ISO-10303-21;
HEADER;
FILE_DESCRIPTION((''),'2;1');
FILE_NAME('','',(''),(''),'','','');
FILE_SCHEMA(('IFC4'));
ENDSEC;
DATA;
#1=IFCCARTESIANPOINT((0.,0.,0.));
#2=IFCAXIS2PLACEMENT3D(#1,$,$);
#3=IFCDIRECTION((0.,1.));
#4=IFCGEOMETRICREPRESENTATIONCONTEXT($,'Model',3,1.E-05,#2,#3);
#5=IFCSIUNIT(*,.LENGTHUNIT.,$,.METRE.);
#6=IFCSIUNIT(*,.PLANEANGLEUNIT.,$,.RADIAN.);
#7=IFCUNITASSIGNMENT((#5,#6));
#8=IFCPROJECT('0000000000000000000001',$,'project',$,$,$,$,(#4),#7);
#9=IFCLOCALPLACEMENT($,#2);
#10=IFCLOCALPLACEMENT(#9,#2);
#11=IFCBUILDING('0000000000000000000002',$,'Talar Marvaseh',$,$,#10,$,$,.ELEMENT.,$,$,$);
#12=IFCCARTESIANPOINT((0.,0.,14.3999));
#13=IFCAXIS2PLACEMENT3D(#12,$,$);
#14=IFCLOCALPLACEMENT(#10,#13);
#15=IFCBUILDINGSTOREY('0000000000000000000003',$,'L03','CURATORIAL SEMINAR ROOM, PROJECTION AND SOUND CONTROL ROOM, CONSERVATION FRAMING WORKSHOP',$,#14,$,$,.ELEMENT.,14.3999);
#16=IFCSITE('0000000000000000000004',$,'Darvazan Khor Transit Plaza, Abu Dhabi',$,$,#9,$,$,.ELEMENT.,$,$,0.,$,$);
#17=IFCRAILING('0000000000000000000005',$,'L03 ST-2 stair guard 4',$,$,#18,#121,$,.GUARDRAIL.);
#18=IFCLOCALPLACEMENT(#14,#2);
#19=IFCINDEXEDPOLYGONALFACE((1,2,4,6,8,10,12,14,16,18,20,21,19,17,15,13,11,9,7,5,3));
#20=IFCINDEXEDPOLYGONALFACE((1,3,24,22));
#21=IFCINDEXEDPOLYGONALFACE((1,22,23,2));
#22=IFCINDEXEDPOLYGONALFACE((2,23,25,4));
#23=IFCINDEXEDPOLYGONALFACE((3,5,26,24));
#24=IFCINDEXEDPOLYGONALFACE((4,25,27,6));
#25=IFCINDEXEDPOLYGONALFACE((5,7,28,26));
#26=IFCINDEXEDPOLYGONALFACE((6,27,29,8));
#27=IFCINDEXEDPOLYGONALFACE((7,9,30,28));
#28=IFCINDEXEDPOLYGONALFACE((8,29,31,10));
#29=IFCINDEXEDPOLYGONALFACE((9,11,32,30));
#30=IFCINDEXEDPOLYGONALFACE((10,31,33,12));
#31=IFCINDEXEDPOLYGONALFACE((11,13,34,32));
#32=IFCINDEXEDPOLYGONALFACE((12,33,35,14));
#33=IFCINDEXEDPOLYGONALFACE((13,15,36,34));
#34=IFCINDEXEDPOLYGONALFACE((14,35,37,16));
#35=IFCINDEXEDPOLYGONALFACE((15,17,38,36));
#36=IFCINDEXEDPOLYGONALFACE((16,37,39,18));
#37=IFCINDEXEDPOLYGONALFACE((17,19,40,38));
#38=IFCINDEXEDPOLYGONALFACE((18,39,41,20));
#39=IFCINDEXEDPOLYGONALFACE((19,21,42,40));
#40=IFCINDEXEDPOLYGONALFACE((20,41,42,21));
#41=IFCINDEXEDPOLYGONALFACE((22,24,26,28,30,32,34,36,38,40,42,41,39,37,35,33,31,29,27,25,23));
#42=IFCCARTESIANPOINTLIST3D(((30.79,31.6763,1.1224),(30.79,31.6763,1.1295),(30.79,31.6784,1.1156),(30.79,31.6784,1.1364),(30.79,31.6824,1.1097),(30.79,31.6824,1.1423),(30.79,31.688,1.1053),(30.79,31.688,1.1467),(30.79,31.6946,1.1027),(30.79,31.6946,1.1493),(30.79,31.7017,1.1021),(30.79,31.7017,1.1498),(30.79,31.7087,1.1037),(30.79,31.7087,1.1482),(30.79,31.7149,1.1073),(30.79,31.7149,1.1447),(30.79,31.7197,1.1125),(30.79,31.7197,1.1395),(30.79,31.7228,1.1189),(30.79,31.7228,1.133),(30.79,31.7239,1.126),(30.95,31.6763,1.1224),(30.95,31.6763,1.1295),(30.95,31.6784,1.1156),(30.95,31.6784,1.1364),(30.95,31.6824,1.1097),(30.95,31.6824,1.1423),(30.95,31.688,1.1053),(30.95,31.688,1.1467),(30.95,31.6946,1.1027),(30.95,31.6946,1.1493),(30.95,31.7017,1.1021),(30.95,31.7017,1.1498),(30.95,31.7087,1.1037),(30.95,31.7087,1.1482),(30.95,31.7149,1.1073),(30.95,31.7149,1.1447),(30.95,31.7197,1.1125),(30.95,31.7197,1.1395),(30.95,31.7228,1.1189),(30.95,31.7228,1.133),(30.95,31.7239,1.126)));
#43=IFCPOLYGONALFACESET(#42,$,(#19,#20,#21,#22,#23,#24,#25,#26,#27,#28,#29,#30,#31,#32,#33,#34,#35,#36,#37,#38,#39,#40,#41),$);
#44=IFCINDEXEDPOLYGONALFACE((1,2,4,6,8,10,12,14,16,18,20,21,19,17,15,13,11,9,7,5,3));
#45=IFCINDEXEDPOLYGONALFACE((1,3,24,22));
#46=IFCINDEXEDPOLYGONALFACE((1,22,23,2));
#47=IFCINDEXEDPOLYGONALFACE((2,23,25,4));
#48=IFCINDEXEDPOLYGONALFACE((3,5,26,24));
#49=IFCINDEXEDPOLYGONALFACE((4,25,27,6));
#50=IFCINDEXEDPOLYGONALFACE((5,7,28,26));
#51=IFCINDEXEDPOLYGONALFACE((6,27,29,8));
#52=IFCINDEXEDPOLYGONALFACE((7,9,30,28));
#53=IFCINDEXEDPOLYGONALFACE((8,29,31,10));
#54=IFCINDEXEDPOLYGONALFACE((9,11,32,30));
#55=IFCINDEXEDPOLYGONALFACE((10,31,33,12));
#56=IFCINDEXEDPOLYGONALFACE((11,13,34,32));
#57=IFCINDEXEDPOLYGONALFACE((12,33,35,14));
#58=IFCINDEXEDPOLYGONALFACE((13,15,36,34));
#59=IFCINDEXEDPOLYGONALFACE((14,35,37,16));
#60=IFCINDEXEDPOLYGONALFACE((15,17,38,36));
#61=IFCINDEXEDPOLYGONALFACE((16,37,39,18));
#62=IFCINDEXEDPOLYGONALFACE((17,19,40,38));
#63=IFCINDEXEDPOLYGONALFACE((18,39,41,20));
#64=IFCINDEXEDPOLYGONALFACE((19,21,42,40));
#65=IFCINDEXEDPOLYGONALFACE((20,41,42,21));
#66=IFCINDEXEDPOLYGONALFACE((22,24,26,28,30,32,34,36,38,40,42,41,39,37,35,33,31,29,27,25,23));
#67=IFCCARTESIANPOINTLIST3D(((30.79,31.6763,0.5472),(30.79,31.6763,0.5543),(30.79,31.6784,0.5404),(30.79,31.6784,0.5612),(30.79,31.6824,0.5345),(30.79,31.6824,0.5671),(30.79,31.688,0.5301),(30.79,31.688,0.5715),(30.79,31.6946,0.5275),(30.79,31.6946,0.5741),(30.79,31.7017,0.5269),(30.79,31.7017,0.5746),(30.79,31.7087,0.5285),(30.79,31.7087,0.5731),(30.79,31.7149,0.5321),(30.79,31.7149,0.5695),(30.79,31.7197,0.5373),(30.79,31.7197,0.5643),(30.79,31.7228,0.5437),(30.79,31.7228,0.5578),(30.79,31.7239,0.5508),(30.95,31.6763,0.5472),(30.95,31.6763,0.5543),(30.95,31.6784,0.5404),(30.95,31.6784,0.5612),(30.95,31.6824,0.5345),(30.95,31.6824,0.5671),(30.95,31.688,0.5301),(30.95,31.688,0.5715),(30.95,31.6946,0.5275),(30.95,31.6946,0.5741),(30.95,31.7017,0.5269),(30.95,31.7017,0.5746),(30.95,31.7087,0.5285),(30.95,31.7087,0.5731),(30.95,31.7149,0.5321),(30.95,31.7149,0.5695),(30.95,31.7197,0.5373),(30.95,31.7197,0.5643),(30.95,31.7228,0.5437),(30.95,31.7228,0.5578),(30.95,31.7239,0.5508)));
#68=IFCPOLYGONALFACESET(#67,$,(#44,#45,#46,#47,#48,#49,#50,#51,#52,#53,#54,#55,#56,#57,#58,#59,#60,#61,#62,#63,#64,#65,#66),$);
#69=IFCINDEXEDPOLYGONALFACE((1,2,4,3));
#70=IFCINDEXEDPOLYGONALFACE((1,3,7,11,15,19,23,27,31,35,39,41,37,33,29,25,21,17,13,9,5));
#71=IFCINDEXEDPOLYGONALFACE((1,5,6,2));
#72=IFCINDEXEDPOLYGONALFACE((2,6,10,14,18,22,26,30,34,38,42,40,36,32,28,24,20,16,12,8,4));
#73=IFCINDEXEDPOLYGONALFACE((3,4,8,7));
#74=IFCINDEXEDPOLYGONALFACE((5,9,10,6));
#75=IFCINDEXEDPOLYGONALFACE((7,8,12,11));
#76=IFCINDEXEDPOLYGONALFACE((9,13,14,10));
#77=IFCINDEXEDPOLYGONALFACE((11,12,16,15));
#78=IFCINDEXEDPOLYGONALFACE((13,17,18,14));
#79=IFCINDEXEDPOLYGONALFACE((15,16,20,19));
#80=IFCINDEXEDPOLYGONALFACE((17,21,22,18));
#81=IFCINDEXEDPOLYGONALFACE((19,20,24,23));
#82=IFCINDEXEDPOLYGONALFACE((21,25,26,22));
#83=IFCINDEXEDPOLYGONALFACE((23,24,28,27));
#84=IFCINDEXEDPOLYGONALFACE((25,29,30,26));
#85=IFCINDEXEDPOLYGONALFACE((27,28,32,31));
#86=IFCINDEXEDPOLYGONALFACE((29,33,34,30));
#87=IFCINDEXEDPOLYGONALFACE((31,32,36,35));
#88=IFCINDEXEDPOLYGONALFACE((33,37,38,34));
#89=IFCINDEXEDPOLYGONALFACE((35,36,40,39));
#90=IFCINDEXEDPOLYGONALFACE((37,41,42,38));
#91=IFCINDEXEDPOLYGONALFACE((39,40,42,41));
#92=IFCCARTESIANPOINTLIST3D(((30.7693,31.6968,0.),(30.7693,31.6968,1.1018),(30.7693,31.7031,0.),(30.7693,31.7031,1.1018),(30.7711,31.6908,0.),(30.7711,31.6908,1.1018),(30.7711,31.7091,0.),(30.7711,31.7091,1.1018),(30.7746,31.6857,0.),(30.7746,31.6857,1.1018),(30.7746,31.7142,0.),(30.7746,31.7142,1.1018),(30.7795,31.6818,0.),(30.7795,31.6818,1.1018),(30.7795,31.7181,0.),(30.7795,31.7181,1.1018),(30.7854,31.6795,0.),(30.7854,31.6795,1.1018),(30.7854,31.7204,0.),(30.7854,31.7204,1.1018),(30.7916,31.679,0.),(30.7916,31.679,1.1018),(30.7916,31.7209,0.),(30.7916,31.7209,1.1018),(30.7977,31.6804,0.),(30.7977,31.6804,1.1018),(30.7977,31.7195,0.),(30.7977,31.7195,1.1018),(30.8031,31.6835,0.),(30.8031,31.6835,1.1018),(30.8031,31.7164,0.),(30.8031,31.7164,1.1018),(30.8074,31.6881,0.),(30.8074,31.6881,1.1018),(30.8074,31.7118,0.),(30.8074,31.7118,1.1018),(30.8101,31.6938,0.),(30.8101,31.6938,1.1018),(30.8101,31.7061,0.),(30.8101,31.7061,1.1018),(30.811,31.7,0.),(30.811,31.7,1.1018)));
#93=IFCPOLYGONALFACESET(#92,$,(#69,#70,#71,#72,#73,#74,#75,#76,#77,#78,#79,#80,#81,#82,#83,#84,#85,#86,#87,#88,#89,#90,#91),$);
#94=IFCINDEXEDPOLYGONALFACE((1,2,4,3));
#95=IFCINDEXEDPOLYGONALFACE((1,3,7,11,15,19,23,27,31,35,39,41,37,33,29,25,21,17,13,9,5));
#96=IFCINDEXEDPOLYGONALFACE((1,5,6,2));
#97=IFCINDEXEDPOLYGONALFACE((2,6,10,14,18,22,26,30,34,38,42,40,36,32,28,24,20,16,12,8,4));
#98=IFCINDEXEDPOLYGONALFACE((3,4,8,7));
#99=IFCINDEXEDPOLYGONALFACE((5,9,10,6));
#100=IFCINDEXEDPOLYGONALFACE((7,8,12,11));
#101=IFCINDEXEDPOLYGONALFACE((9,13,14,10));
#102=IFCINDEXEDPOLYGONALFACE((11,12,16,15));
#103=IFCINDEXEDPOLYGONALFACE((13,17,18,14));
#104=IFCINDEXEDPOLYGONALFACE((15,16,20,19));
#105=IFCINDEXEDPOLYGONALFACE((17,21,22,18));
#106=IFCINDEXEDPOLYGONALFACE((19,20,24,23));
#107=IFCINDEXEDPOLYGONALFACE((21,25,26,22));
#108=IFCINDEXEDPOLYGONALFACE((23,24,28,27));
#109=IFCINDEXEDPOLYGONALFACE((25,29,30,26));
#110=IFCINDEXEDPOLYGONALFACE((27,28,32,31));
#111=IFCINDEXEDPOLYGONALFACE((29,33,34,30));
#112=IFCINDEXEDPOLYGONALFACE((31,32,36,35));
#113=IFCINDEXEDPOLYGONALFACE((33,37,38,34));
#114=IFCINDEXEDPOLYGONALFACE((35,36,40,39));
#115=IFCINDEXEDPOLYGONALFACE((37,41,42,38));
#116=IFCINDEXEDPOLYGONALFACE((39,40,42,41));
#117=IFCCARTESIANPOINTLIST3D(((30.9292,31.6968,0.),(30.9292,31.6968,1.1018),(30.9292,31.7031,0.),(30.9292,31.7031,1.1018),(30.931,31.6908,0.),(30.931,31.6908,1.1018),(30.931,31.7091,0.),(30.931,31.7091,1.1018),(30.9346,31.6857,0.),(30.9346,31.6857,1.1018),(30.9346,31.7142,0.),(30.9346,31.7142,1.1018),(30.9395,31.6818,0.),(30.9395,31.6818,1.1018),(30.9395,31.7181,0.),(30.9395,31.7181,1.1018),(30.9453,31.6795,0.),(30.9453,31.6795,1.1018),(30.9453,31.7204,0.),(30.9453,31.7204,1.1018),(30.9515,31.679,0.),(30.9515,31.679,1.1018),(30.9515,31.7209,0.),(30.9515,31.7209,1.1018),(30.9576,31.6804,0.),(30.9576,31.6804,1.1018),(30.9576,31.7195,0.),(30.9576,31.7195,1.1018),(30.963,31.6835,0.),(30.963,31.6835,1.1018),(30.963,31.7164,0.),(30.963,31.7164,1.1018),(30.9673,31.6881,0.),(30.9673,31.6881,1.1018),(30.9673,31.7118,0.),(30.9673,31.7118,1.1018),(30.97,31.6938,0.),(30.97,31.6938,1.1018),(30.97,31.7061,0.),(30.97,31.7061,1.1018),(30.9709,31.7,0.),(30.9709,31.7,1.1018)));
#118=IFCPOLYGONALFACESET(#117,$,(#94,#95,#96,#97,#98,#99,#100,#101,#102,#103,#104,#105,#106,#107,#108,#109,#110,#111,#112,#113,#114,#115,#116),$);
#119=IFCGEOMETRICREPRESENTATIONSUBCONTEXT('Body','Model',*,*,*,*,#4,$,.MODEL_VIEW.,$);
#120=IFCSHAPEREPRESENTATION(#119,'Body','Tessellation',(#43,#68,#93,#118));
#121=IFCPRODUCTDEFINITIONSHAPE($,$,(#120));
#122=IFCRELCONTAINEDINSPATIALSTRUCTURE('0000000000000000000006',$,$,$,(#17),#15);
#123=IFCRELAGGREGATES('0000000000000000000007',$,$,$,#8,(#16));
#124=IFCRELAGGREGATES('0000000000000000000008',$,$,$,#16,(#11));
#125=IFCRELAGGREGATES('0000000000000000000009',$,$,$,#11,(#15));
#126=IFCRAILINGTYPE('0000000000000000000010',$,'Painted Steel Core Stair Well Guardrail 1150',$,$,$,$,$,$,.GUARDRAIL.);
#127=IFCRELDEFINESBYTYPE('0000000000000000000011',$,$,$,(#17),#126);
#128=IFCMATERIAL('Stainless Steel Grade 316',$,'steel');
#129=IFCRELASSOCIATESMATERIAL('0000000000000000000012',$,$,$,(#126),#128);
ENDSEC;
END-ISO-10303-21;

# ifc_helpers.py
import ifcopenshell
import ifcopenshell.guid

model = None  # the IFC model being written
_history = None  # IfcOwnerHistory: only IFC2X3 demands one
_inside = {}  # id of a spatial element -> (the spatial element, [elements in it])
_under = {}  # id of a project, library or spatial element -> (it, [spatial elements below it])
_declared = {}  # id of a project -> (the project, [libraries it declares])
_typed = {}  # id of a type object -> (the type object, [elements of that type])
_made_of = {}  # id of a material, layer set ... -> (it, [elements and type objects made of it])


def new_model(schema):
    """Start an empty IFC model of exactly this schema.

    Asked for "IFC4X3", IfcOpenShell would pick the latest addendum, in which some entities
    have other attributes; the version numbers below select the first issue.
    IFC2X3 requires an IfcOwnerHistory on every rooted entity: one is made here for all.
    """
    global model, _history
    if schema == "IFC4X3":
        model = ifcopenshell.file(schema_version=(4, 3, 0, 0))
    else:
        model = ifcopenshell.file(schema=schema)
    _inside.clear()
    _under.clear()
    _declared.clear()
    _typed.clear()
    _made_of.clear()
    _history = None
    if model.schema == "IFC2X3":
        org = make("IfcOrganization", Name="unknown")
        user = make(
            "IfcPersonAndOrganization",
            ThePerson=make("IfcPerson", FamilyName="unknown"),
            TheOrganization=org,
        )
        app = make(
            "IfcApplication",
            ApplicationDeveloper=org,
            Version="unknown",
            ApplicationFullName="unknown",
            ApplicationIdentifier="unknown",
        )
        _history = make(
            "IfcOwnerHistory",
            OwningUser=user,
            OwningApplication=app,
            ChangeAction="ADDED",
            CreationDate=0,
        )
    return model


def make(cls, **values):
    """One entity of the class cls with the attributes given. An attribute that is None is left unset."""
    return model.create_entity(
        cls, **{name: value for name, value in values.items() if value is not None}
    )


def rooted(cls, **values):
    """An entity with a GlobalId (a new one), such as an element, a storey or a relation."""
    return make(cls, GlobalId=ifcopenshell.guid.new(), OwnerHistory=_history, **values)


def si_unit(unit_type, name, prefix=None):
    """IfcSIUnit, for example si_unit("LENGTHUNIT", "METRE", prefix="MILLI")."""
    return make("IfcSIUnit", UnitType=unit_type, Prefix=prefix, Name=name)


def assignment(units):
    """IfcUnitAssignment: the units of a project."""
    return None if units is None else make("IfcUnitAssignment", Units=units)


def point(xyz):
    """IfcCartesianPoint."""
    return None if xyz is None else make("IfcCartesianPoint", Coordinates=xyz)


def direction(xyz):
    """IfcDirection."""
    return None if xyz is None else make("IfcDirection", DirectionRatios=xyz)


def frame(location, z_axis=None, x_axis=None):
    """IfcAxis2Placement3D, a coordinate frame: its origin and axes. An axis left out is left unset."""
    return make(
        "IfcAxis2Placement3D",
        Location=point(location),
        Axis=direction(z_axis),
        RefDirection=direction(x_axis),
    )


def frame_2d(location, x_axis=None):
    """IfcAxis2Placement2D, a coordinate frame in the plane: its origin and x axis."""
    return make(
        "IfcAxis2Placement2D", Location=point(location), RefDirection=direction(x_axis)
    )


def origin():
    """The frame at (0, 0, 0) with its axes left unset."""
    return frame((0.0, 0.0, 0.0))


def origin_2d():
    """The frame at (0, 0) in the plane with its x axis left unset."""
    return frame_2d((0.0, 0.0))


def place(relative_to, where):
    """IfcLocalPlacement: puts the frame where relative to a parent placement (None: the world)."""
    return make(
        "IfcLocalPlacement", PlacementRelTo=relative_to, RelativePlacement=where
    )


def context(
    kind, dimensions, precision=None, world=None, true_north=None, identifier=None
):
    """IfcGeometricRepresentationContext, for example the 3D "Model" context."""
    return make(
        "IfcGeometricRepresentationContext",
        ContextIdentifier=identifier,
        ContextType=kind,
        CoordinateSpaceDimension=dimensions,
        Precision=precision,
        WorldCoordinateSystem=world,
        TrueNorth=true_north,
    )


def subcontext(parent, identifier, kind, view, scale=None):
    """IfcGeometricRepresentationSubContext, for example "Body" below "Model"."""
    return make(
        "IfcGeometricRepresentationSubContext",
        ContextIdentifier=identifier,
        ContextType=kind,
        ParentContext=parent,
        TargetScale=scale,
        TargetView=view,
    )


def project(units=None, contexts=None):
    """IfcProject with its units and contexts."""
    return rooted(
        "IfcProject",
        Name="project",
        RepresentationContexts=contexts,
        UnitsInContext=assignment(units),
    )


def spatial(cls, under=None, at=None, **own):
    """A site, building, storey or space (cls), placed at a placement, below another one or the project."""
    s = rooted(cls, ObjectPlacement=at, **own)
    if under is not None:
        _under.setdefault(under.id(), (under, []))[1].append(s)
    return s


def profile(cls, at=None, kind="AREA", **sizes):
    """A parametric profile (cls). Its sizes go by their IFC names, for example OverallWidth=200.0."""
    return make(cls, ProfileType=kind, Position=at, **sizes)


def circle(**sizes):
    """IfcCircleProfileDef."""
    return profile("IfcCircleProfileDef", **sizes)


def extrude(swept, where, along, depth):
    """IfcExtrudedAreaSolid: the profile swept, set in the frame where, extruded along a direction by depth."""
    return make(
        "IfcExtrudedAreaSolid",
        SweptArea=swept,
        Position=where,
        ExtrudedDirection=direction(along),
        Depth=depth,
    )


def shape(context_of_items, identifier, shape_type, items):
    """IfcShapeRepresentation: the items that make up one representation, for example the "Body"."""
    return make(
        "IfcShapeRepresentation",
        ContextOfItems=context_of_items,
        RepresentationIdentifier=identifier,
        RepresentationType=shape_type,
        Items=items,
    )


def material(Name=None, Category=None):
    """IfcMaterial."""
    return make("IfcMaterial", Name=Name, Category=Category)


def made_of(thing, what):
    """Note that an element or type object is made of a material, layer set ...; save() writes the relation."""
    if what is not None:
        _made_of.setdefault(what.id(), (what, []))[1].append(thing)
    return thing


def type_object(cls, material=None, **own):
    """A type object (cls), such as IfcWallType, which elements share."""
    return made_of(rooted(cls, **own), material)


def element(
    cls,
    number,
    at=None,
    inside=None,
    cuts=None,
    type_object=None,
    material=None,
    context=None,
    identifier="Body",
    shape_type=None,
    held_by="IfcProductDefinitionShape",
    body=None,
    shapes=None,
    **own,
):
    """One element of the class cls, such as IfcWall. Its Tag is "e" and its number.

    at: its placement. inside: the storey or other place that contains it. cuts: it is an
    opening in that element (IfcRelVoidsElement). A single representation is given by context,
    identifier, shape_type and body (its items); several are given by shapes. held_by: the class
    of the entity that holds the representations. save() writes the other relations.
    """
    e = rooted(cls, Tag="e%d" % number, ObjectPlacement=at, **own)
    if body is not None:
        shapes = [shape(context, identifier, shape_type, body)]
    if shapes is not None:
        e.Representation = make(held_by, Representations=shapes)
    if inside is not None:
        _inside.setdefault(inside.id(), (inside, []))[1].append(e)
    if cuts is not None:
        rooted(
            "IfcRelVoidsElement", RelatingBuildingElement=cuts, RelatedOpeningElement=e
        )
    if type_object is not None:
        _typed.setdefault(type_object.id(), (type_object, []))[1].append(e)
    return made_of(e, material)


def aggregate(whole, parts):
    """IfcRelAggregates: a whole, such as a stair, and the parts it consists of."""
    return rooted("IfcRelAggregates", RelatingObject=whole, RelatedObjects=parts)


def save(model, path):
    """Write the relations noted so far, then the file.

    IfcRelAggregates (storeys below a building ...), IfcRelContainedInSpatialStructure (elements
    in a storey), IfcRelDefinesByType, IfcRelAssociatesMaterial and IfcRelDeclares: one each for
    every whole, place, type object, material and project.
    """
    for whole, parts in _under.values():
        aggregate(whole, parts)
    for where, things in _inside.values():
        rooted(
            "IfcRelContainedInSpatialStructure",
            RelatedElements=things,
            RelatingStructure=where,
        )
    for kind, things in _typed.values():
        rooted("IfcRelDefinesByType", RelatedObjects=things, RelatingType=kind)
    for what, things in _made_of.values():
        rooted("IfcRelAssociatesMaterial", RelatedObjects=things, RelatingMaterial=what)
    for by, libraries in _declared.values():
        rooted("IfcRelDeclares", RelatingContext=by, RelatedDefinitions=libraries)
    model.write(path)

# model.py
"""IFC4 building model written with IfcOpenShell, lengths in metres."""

from ifc_helpers import new_model, si_unit, direction, frame, origin, origin_2d, place, context, subcontext, project, spatial, circle, extrude, material, type_object, element, save


model = new_model("IFC4")

# Units and contexts
model_context = context("Model", 3, precision=1e-05, world=origin(), true_north=direction((0.0, 1.0)))
body_context = subcontext(model_context, "Body", "Model", "MODEL_VIEW")
ifc_project = project(units=[si_unit("LENGTHUNIT", "METRE"), si_unit("PLANEANGLEUNIT", "RADIAN")], contexts=[model_context])

# Site, building, storey
site_placement = place(None, origin())
site = spatial("IfcSite", under=ifc_project, at=site_placement, Name="Darvazan Khor Transit Plaza, Abu Dhabi", CompositionType="ELEMENT", RefElevation=0.0)
building_placement = place(site_placement, origin())
building = spatial("IfcBuilding", under=site, at=building_placement, Name="Talar Marvaseh", CompositionType="ELEMENT")
storey_placement = place(building_placement, frame((0.0, 0.0, 14.3999)))
storey = spatial("IfcBuildingStorey", under=building, at=storey_placement, Name="L03", Description="CURATORIAL SEMINAR ROOM, PROJECTION AND SOUND CONTROL ROOM, CONSERVATION FRAMING WORKSHOP", CompositionType="ELEMENT", Elevation=14.3999)

# Shared definitions
ifc_material_1 = material(Name="Stainless Steel Grade 316", Category="steel")

# Railing
railing_type_1 = type_object("IfcRailingType", Name="Painted Steel Core Stair Well Guardrail 1150", PredefinedType="GUARDRAIL", material=ifc_material_1)
railing_1_placement = place(storey_placement, frame((30.79, 31.7, 0.0)))
element("IfcRailing", 1, at=railing_1_placement, inside=storey, type_object=railing_type_1, Name="L03 ST-2 stair guard 4", PredefinedType="GUARDRAIL", context=body_context, shape_type="SweptSolid", body=[
    extrude(circle(Radius=0.0239, at=origin_2d()), frame((0.0, 0.0, 1.126), z_axis=(1.0, 0.0, 0.0), x_axis=(0.0, 1.0, 0.0)), (0.0, 0.0, 1.0), 0.1599),
    extrude(circle(Radius=0.0239, at=origin_2d()), frame((0.0, 0.0, 0.5508), z_axis=(1.0, 0.0, 0.0), x_axis=(0.0, 1.0, 0.0)), (0.0, 0.0, 1.0), 0.1599),
    extrude(circle(Radius=0.021, at=origin_2d()), origin(), (0.0, 0.0, 1.0), 1.1018),
    extrude(circle(Radius=0.021, at=origin_2d()), frame((0.1599, 0.0, 0.0)), (0.0, 0.0, 1.0), 1.1018),
])

save(model, "model.ifc")
